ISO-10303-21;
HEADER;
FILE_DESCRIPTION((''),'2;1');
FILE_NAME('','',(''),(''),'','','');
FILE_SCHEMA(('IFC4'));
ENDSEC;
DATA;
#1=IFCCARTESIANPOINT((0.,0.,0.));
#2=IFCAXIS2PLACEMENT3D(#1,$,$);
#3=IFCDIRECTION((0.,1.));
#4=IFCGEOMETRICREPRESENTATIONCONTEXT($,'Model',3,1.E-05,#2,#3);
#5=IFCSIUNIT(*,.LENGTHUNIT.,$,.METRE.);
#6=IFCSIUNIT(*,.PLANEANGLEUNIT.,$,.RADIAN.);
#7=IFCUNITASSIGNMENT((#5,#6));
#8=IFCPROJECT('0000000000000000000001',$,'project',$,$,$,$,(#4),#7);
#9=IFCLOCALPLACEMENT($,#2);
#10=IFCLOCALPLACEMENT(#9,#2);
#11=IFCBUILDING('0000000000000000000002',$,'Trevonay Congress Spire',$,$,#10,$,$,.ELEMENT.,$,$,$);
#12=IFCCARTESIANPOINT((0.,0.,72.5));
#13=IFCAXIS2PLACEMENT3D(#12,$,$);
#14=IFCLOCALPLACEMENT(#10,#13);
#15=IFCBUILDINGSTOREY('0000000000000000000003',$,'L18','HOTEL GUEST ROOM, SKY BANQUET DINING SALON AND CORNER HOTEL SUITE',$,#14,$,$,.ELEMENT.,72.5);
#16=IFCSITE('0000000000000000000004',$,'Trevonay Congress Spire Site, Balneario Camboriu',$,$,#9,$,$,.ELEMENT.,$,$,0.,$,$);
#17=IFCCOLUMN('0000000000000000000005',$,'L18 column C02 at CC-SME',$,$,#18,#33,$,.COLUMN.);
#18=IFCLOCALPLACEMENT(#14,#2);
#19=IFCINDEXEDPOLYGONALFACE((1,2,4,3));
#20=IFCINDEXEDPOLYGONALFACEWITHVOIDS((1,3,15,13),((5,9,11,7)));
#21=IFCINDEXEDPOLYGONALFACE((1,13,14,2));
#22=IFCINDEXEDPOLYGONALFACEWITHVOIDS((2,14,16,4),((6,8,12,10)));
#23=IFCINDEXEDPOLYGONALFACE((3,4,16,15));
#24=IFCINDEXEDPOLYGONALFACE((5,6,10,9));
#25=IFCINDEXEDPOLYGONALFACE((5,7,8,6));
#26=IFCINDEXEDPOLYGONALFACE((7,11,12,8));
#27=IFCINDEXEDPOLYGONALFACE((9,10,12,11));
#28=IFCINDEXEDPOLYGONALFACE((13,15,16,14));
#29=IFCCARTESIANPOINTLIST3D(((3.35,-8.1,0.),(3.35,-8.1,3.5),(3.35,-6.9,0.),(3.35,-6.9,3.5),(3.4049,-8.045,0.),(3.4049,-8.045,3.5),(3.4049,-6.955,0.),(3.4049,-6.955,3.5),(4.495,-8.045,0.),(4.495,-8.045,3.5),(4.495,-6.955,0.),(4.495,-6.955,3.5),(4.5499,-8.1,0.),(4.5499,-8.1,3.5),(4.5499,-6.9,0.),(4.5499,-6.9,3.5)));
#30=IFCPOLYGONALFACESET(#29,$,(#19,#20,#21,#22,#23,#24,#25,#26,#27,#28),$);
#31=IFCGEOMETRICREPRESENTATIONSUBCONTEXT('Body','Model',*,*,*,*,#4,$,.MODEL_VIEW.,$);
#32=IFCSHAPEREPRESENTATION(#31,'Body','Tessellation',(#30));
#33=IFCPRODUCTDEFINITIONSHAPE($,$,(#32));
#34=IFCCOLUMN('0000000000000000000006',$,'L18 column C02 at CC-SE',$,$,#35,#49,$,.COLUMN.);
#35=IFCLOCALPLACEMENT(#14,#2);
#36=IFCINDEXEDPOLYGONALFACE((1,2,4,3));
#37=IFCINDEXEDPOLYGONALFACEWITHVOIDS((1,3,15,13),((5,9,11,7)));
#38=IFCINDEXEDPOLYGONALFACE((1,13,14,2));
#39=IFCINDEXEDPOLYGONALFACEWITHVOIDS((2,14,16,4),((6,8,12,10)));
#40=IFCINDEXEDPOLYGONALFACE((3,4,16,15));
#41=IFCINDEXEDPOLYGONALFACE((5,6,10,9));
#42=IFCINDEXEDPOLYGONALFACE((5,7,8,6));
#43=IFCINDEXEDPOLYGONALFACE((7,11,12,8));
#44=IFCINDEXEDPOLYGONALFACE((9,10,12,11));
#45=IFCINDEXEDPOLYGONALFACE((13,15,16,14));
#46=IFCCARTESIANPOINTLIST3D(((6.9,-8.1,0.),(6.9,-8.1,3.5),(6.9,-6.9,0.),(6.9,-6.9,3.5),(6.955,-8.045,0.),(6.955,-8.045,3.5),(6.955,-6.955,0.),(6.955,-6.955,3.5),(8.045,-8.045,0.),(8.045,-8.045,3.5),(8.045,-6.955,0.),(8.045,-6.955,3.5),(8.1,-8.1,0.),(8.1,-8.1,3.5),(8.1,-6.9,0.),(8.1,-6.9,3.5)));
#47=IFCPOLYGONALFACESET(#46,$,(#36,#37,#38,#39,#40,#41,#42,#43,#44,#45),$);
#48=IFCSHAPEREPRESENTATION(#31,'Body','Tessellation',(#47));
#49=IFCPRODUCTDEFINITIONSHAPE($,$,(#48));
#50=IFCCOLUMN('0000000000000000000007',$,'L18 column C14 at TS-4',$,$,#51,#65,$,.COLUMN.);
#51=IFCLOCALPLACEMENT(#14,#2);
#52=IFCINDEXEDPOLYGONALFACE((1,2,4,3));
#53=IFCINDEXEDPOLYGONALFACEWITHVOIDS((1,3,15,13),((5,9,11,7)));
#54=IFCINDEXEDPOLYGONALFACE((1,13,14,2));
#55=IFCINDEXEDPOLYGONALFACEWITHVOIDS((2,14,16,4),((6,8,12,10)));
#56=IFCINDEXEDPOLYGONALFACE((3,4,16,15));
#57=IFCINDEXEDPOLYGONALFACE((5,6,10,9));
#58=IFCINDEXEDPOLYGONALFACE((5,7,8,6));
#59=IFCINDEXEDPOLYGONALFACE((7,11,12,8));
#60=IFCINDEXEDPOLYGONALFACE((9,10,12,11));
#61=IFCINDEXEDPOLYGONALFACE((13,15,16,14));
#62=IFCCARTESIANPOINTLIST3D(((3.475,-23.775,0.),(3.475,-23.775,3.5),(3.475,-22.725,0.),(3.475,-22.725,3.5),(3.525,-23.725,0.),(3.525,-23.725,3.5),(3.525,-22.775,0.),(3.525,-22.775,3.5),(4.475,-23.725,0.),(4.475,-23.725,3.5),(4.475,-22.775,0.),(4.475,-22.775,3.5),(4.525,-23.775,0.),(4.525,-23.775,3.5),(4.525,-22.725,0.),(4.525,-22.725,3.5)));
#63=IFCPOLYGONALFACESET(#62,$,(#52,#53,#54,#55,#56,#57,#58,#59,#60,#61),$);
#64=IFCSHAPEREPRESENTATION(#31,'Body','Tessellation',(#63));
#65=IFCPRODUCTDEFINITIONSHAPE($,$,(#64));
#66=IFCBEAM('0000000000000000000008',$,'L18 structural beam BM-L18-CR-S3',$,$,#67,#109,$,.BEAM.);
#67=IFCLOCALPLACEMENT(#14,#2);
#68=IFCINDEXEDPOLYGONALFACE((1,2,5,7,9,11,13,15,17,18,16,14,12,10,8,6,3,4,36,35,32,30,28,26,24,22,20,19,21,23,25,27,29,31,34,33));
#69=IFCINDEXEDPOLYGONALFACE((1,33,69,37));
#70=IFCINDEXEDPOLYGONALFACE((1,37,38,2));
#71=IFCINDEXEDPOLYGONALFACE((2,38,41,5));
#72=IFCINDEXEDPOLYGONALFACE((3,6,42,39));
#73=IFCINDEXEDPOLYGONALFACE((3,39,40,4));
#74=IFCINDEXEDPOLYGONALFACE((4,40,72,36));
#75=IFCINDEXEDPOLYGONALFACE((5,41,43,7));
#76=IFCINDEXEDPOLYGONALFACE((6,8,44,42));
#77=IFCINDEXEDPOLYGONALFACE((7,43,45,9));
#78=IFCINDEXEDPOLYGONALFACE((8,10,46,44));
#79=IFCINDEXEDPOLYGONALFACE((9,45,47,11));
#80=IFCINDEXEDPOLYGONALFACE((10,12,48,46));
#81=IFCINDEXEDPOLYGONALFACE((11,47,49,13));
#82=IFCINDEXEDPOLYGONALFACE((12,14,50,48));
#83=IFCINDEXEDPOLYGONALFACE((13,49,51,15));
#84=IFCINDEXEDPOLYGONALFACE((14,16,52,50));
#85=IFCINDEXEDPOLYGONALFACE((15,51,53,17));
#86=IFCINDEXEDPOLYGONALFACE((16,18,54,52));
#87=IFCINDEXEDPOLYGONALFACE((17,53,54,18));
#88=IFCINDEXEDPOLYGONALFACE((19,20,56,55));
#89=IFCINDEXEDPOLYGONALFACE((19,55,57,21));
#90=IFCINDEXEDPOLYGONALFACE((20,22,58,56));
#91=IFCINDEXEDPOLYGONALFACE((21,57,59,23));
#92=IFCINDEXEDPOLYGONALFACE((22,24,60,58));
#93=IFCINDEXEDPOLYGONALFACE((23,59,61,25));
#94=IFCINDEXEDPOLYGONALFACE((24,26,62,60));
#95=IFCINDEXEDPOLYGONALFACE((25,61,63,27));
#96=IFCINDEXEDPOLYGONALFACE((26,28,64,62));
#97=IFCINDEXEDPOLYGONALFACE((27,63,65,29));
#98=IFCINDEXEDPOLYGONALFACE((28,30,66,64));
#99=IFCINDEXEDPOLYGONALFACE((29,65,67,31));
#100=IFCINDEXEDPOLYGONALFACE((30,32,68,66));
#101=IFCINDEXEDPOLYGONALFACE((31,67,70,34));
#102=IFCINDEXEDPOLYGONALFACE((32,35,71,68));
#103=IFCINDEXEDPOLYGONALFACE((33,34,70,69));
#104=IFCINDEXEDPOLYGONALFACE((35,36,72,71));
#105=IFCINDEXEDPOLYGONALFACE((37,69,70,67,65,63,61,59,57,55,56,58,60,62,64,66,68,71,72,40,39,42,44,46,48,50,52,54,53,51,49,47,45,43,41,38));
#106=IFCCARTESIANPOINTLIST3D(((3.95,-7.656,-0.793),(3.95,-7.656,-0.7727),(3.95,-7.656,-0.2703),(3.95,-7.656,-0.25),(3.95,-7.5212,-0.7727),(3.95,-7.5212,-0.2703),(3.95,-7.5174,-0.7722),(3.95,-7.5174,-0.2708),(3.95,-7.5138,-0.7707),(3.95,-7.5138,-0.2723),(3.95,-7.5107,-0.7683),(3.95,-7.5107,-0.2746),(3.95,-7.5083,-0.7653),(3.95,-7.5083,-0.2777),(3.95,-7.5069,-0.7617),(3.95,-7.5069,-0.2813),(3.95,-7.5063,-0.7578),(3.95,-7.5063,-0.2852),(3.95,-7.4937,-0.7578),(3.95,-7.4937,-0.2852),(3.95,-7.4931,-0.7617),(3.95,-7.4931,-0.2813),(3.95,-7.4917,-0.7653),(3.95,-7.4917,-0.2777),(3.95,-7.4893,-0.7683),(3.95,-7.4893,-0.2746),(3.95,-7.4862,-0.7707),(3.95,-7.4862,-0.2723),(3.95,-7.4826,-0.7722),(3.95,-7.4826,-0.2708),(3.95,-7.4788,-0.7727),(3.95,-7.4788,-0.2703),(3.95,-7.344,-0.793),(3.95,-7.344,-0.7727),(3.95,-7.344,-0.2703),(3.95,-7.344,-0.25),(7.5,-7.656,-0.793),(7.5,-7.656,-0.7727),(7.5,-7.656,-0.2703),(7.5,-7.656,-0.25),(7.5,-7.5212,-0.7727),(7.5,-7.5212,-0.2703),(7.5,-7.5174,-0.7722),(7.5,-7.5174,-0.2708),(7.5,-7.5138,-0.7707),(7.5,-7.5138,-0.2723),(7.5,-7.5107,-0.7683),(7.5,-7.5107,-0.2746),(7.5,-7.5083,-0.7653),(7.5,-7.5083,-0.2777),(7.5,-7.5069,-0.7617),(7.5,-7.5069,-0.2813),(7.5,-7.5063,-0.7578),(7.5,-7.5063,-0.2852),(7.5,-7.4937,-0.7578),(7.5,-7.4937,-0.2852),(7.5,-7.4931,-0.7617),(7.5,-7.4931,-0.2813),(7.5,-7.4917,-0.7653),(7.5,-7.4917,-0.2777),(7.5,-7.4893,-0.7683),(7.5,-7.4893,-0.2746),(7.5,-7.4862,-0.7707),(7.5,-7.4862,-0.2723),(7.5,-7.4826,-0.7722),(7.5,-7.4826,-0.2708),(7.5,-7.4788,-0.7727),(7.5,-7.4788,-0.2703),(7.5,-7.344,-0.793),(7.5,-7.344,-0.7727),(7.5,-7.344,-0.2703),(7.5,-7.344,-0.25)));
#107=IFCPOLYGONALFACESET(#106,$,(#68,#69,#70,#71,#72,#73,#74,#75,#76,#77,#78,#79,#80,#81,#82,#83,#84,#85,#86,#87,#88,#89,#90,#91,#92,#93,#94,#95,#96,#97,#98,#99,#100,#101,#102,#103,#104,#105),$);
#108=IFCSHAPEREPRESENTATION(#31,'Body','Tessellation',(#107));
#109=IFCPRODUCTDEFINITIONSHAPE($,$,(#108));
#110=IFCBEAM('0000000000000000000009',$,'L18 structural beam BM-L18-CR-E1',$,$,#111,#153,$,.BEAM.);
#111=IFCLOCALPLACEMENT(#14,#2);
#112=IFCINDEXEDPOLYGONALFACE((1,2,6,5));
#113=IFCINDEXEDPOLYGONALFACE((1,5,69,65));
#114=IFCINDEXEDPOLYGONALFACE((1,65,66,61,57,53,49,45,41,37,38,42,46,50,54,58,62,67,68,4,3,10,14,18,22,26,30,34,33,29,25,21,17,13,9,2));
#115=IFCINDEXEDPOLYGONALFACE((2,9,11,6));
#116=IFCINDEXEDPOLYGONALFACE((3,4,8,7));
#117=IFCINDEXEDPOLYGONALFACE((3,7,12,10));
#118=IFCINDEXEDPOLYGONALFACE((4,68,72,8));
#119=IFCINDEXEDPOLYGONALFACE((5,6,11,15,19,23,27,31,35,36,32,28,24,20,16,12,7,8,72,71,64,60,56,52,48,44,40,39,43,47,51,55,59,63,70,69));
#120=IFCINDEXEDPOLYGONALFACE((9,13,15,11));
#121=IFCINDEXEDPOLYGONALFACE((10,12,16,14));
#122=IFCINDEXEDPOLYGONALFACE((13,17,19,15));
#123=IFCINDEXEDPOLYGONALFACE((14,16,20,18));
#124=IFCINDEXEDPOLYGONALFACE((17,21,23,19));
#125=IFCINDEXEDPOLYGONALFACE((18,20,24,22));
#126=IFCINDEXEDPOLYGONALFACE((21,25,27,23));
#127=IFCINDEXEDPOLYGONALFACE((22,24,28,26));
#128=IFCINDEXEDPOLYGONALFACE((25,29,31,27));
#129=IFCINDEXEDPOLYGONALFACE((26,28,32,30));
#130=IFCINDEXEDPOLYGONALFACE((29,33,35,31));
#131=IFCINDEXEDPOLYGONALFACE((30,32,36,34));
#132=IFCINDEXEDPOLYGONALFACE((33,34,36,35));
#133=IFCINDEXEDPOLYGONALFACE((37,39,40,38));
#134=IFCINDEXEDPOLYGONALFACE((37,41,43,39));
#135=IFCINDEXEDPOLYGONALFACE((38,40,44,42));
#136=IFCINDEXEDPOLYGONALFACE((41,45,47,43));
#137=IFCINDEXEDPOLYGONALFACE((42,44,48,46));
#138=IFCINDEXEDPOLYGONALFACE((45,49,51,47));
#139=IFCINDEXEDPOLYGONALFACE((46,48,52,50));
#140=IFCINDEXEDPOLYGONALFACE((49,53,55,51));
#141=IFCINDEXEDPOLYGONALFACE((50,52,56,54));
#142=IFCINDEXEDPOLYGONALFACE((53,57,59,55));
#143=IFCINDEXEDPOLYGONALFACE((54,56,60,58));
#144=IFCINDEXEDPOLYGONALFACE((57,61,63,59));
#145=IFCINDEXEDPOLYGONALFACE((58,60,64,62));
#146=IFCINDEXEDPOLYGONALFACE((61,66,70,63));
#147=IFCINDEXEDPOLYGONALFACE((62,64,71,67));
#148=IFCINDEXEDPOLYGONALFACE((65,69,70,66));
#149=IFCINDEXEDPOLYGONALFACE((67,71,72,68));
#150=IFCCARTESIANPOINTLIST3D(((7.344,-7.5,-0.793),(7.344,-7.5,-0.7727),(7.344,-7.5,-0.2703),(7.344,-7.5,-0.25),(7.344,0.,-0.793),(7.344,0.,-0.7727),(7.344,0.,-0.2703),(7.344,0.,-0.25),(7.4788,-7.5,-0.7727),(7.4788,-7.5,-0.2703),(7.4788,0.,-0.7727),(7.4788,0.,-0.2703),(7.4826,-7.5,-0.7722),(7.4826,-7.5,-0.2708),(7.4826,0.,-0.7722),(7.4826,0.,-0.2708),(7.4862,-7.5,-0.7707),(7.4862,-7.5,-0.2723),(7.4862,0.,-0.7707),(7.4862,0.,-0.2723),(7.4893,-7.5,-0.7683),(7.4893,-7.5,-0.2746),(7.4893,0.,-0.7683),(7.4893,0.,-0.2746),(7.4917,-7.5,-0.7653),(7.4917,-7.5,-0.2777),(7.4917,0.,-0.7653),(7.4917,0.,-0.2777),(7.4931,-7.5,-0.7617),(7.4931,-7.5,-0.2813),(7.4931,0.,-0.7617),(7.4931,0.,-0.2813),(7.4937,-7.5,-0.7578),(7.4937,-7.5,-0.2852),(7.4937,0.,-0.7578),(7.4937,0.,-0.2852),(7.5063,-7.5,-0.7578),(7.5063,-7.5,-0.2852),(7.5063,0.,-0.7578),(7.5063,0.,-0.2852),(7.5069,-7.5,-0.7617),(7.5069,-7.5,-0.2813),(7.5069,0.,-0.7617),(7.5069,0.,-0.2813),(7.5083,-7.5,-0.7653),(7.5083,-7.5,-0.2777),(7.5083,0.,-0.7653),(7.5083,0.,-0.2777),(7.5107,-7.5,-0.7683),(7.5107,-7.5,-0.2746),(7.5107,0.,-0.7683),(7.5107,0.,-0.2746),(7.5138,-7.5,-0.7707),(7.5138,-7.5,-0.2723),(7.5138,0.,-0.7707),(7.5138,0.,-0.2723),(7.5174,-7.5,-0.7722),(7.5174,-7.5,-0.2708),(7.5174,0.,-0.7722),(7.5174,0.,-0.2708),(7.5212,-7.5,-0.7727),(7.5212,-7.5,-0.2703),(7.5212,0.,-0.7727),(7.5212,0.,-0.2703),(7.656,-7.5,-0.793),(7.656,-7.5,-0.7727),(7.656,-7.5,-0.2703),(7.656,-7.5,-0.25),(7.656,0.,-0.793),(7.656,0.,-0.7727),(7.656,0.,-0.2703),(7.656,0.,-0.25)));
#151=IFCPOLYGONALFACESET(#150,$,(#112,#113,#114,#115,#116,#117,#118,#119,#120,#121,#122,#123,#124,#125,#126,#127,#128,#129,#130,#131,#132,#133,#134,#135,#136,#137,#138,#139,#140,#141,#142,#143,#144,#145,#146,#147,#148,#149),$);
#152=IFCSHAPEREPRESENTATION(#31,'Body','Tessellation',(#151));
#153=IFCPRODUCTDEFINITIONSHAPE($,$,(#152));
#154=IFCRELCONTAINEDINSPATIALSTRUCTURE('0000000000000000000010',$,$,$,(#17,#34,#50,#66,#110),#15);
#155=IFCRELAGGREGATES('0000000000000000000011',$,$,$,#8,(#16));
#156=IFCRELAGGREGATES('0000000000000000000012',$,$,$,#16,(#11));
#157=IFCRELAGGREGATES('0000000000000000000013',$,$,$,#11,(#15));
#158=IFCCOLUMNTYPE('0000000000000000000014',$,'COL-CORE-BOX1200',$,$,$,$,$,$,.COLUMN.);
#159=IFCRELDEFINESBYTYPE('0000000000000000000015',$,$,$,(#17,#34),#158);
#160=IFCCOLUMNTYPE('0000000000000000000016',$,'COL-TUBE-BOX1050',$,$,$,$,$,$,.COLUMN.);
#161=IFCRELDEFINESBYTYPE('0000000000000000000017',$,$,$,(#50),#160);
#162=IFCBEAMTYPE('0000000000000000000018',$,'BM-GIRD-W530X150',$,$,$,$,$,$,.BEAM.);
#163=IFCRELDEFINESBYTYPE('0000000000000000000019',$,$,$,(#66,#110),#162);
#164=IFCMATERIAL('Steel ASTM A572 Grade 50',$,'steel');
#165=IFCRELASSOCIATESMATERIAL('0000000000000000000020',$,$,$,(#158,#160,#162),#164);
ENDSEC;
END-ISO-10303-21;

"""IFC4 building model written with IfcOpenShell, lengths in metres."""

from ifc_helpers import new_model, si_unit, direction, frame, origin, origin_2d, place, context, subcontext, project, spatial, hollow_rectangle, i_section, extrude, material, material_profile, profile_set, type_object, element, save


model = new_model("IFC4")

# Units and contexts
model_context = context("Model", 3, precision=1e-05, world=origin(), true_north=direction((0.0, 1.0)))
body_context = subcontext(model_context, "Body", "Model", "MODEL_VIEW")
ifc_project = project(units=[si_unit("LENGTHUNIT", "METRE"), si_unit("PLANEANGLEUNIT", "RADIAN")], contexts=[model_context])

# Site, building, storey
site_placement = place(None, origin())
site = spatial("IfcSite", under=ifc_project, at=site_placement, Name="Trevonay Congress Spire Site, Balneario Camboriu", CompositionType="ELEMENT", RefElevation=0.0)
building_placement = place(site_placement, origin())
building = spatial("IfcBuilding", under=site, at=building_placement, Name="Trevonay Congress Spire", CompositionType="ELEMENT")
storey_placement = place(building_placement, frame((0.0, 0.0, 72.5)))
storey = spatial("IfcBuildingStorey", under=building, at=storey_placement, Name="L18", Description="HOTEL GUEST ROOM, SKY BANQUET DINING SALON AND CORNER HOTEL SUITE", CompositionType="ELEMENT", Elevation=72.5)

# Columns
ifc_material_1 = material(Name="Steel ASTM A572 Grade 50", Category="steel")
ifc_material_profile_1 = material_profile(ifc_material_1, hollow_rectangle(XDim=1.2, YDim=1.2, WallThickness=0.0549, at=origin_2d()), Name="BOX 1200x1200x55")
ifc_profile_set_1 = profile_set([ifc_material_profile_1], Name="Steel ASTM A572 Grade 50")
column_type_1 = type_object("IfcColumnType", Name="COL-CORE-BOX1200", PredefinedType="COLUMN", material=ifc_profile_set_1)
for number, where, z_axis, x_axis, name in (
    (1, (3.95, -7.5, 0.0), (0.0, 0.0, 1.0), (1.0, 0.0, 0.0), "L18 column C02 at CC-SME"),
    (2, (7.5, -7.5, 0.0), (0.0, 0.0, 1.0), (1.0, 0.0, 0.0), "L18 column C02 at CC-SE"),
):
    element("IfcColumn", number, at=place(storey_placement, frame(where, z_axis=z_axis, x_axis=x_axis)), inside=storey, type_object=column_type_1, Name=name, PredefinedType="COLUMN", context=body_context, shape_type="SweptSolid", body=[
        extrude(hollow_rectangle(XDim=1.2, YDim=1.2, WallThickness=0.0549, at=origin_2d()), origin(), (0.0, 0.0, 1.0), 3.5),
    ])
ifc_material_profile_2 = material_profile(ifc_material_1, hollow_rectangle(XDim=1.05, YDim=1.05, WallThickness=0.05, at=origin_2d()), Name="BOX 1050x1050x50")
ifc_profile_set_2 = profile_set([ifc_material_profile_2], Name="Steel ASTM A572 Grade 50")
column_type_2 = type_object("IfcColumnType", Name="COL-TUBE-BOX1050", PredefinedType="COLUMN", material=ifc_profile_set_2)
column_placement = place(storey_placement, frame((4.0, -23.25, 0.0), z_axis=(0.0, 0.0, 1.0), x_axis=(1.0, 0.0, 0.0)))
element("IfcColumn", 3, at=column_placement, inside=storey, type_object=column_type_2, Name="L18 column C14 at TS-4", PredefinedType="COLUMN", context=body_context, shape_type="SweptSolid", body=[
    extrude(hollow_rectangle(XDim=1.05, YDim=1.05, WallThickness=0.05, at=origin_2d()), origin(), (0.0, 0.0, 1.0), 3.5),
])

# Beams
ifc_material_profile_3 = material_profile(ifc_material_1, i_section(OverallWidth=0.312, OverallDepth=0.543, WebThickness=0.0127, FlangeThickness=0.0203, FilletRadius=0.0149, at=origin_2d()), Name="W530x150")
ifc_profile_set_3 = profile_set([ifc_material_profile_3], Name="Steel ASTM A572 Grade 50")
beam_type_1 = type_object("IfcBeamType", Name="BM-GIRD-W530X150", PredefinedType="BEAM", material=ifc_profile_set_3)
beam_1_placement = place(storey_placement, frame((3.95, -7.5, -0.5215), z_axis=(1.0, 0.0, 0.0), x_axis=(0.0, 1.0, 0.0)))
element("IfcBeam", 4, at=beam_1_placement, inside=storey, type_object=beam_type_1, Name="L18 structural beam BM-L18-CR-S3", PredefinedType="BEAM", context=body_context, shape_type="SweptSolid", body=[
    extrude(i_section(OverallWidth=0.312, OverallDepth=0.543, WebThickness=0.0127, FlangeThickness=0.0203, FilletRadius=0.0149, at=origin_2d()), origin(), (0.0, 0.0, 1.0), 3.55),
])
beam_2_placement = place(storey_placement, frame((7.5, -7.5, -0.5215), z_axis=(0.0, 1.0, 0.0), x_axis=(-1.0, 0.0, 0.0)))
element("IfcBeam", 5, at=beam_2_placement, inside=storey, type_object=beam_type_1, Name="L18 structural beam BM-L18-CR-E1", PredefinedType="BEAM", context=body_context, shape_type="SweptSolid", body=[
    extrude(i_section(OverallWidth=0.312, OverallDepth=0.543, WebThickness=0.0127, FlangeThickness=0.0203, FilletRadius=0.0149, at=origin_2d()), origin(), (0.0, 0.0, 1.0), 7.5),
])

save(model, "model.ifc")
